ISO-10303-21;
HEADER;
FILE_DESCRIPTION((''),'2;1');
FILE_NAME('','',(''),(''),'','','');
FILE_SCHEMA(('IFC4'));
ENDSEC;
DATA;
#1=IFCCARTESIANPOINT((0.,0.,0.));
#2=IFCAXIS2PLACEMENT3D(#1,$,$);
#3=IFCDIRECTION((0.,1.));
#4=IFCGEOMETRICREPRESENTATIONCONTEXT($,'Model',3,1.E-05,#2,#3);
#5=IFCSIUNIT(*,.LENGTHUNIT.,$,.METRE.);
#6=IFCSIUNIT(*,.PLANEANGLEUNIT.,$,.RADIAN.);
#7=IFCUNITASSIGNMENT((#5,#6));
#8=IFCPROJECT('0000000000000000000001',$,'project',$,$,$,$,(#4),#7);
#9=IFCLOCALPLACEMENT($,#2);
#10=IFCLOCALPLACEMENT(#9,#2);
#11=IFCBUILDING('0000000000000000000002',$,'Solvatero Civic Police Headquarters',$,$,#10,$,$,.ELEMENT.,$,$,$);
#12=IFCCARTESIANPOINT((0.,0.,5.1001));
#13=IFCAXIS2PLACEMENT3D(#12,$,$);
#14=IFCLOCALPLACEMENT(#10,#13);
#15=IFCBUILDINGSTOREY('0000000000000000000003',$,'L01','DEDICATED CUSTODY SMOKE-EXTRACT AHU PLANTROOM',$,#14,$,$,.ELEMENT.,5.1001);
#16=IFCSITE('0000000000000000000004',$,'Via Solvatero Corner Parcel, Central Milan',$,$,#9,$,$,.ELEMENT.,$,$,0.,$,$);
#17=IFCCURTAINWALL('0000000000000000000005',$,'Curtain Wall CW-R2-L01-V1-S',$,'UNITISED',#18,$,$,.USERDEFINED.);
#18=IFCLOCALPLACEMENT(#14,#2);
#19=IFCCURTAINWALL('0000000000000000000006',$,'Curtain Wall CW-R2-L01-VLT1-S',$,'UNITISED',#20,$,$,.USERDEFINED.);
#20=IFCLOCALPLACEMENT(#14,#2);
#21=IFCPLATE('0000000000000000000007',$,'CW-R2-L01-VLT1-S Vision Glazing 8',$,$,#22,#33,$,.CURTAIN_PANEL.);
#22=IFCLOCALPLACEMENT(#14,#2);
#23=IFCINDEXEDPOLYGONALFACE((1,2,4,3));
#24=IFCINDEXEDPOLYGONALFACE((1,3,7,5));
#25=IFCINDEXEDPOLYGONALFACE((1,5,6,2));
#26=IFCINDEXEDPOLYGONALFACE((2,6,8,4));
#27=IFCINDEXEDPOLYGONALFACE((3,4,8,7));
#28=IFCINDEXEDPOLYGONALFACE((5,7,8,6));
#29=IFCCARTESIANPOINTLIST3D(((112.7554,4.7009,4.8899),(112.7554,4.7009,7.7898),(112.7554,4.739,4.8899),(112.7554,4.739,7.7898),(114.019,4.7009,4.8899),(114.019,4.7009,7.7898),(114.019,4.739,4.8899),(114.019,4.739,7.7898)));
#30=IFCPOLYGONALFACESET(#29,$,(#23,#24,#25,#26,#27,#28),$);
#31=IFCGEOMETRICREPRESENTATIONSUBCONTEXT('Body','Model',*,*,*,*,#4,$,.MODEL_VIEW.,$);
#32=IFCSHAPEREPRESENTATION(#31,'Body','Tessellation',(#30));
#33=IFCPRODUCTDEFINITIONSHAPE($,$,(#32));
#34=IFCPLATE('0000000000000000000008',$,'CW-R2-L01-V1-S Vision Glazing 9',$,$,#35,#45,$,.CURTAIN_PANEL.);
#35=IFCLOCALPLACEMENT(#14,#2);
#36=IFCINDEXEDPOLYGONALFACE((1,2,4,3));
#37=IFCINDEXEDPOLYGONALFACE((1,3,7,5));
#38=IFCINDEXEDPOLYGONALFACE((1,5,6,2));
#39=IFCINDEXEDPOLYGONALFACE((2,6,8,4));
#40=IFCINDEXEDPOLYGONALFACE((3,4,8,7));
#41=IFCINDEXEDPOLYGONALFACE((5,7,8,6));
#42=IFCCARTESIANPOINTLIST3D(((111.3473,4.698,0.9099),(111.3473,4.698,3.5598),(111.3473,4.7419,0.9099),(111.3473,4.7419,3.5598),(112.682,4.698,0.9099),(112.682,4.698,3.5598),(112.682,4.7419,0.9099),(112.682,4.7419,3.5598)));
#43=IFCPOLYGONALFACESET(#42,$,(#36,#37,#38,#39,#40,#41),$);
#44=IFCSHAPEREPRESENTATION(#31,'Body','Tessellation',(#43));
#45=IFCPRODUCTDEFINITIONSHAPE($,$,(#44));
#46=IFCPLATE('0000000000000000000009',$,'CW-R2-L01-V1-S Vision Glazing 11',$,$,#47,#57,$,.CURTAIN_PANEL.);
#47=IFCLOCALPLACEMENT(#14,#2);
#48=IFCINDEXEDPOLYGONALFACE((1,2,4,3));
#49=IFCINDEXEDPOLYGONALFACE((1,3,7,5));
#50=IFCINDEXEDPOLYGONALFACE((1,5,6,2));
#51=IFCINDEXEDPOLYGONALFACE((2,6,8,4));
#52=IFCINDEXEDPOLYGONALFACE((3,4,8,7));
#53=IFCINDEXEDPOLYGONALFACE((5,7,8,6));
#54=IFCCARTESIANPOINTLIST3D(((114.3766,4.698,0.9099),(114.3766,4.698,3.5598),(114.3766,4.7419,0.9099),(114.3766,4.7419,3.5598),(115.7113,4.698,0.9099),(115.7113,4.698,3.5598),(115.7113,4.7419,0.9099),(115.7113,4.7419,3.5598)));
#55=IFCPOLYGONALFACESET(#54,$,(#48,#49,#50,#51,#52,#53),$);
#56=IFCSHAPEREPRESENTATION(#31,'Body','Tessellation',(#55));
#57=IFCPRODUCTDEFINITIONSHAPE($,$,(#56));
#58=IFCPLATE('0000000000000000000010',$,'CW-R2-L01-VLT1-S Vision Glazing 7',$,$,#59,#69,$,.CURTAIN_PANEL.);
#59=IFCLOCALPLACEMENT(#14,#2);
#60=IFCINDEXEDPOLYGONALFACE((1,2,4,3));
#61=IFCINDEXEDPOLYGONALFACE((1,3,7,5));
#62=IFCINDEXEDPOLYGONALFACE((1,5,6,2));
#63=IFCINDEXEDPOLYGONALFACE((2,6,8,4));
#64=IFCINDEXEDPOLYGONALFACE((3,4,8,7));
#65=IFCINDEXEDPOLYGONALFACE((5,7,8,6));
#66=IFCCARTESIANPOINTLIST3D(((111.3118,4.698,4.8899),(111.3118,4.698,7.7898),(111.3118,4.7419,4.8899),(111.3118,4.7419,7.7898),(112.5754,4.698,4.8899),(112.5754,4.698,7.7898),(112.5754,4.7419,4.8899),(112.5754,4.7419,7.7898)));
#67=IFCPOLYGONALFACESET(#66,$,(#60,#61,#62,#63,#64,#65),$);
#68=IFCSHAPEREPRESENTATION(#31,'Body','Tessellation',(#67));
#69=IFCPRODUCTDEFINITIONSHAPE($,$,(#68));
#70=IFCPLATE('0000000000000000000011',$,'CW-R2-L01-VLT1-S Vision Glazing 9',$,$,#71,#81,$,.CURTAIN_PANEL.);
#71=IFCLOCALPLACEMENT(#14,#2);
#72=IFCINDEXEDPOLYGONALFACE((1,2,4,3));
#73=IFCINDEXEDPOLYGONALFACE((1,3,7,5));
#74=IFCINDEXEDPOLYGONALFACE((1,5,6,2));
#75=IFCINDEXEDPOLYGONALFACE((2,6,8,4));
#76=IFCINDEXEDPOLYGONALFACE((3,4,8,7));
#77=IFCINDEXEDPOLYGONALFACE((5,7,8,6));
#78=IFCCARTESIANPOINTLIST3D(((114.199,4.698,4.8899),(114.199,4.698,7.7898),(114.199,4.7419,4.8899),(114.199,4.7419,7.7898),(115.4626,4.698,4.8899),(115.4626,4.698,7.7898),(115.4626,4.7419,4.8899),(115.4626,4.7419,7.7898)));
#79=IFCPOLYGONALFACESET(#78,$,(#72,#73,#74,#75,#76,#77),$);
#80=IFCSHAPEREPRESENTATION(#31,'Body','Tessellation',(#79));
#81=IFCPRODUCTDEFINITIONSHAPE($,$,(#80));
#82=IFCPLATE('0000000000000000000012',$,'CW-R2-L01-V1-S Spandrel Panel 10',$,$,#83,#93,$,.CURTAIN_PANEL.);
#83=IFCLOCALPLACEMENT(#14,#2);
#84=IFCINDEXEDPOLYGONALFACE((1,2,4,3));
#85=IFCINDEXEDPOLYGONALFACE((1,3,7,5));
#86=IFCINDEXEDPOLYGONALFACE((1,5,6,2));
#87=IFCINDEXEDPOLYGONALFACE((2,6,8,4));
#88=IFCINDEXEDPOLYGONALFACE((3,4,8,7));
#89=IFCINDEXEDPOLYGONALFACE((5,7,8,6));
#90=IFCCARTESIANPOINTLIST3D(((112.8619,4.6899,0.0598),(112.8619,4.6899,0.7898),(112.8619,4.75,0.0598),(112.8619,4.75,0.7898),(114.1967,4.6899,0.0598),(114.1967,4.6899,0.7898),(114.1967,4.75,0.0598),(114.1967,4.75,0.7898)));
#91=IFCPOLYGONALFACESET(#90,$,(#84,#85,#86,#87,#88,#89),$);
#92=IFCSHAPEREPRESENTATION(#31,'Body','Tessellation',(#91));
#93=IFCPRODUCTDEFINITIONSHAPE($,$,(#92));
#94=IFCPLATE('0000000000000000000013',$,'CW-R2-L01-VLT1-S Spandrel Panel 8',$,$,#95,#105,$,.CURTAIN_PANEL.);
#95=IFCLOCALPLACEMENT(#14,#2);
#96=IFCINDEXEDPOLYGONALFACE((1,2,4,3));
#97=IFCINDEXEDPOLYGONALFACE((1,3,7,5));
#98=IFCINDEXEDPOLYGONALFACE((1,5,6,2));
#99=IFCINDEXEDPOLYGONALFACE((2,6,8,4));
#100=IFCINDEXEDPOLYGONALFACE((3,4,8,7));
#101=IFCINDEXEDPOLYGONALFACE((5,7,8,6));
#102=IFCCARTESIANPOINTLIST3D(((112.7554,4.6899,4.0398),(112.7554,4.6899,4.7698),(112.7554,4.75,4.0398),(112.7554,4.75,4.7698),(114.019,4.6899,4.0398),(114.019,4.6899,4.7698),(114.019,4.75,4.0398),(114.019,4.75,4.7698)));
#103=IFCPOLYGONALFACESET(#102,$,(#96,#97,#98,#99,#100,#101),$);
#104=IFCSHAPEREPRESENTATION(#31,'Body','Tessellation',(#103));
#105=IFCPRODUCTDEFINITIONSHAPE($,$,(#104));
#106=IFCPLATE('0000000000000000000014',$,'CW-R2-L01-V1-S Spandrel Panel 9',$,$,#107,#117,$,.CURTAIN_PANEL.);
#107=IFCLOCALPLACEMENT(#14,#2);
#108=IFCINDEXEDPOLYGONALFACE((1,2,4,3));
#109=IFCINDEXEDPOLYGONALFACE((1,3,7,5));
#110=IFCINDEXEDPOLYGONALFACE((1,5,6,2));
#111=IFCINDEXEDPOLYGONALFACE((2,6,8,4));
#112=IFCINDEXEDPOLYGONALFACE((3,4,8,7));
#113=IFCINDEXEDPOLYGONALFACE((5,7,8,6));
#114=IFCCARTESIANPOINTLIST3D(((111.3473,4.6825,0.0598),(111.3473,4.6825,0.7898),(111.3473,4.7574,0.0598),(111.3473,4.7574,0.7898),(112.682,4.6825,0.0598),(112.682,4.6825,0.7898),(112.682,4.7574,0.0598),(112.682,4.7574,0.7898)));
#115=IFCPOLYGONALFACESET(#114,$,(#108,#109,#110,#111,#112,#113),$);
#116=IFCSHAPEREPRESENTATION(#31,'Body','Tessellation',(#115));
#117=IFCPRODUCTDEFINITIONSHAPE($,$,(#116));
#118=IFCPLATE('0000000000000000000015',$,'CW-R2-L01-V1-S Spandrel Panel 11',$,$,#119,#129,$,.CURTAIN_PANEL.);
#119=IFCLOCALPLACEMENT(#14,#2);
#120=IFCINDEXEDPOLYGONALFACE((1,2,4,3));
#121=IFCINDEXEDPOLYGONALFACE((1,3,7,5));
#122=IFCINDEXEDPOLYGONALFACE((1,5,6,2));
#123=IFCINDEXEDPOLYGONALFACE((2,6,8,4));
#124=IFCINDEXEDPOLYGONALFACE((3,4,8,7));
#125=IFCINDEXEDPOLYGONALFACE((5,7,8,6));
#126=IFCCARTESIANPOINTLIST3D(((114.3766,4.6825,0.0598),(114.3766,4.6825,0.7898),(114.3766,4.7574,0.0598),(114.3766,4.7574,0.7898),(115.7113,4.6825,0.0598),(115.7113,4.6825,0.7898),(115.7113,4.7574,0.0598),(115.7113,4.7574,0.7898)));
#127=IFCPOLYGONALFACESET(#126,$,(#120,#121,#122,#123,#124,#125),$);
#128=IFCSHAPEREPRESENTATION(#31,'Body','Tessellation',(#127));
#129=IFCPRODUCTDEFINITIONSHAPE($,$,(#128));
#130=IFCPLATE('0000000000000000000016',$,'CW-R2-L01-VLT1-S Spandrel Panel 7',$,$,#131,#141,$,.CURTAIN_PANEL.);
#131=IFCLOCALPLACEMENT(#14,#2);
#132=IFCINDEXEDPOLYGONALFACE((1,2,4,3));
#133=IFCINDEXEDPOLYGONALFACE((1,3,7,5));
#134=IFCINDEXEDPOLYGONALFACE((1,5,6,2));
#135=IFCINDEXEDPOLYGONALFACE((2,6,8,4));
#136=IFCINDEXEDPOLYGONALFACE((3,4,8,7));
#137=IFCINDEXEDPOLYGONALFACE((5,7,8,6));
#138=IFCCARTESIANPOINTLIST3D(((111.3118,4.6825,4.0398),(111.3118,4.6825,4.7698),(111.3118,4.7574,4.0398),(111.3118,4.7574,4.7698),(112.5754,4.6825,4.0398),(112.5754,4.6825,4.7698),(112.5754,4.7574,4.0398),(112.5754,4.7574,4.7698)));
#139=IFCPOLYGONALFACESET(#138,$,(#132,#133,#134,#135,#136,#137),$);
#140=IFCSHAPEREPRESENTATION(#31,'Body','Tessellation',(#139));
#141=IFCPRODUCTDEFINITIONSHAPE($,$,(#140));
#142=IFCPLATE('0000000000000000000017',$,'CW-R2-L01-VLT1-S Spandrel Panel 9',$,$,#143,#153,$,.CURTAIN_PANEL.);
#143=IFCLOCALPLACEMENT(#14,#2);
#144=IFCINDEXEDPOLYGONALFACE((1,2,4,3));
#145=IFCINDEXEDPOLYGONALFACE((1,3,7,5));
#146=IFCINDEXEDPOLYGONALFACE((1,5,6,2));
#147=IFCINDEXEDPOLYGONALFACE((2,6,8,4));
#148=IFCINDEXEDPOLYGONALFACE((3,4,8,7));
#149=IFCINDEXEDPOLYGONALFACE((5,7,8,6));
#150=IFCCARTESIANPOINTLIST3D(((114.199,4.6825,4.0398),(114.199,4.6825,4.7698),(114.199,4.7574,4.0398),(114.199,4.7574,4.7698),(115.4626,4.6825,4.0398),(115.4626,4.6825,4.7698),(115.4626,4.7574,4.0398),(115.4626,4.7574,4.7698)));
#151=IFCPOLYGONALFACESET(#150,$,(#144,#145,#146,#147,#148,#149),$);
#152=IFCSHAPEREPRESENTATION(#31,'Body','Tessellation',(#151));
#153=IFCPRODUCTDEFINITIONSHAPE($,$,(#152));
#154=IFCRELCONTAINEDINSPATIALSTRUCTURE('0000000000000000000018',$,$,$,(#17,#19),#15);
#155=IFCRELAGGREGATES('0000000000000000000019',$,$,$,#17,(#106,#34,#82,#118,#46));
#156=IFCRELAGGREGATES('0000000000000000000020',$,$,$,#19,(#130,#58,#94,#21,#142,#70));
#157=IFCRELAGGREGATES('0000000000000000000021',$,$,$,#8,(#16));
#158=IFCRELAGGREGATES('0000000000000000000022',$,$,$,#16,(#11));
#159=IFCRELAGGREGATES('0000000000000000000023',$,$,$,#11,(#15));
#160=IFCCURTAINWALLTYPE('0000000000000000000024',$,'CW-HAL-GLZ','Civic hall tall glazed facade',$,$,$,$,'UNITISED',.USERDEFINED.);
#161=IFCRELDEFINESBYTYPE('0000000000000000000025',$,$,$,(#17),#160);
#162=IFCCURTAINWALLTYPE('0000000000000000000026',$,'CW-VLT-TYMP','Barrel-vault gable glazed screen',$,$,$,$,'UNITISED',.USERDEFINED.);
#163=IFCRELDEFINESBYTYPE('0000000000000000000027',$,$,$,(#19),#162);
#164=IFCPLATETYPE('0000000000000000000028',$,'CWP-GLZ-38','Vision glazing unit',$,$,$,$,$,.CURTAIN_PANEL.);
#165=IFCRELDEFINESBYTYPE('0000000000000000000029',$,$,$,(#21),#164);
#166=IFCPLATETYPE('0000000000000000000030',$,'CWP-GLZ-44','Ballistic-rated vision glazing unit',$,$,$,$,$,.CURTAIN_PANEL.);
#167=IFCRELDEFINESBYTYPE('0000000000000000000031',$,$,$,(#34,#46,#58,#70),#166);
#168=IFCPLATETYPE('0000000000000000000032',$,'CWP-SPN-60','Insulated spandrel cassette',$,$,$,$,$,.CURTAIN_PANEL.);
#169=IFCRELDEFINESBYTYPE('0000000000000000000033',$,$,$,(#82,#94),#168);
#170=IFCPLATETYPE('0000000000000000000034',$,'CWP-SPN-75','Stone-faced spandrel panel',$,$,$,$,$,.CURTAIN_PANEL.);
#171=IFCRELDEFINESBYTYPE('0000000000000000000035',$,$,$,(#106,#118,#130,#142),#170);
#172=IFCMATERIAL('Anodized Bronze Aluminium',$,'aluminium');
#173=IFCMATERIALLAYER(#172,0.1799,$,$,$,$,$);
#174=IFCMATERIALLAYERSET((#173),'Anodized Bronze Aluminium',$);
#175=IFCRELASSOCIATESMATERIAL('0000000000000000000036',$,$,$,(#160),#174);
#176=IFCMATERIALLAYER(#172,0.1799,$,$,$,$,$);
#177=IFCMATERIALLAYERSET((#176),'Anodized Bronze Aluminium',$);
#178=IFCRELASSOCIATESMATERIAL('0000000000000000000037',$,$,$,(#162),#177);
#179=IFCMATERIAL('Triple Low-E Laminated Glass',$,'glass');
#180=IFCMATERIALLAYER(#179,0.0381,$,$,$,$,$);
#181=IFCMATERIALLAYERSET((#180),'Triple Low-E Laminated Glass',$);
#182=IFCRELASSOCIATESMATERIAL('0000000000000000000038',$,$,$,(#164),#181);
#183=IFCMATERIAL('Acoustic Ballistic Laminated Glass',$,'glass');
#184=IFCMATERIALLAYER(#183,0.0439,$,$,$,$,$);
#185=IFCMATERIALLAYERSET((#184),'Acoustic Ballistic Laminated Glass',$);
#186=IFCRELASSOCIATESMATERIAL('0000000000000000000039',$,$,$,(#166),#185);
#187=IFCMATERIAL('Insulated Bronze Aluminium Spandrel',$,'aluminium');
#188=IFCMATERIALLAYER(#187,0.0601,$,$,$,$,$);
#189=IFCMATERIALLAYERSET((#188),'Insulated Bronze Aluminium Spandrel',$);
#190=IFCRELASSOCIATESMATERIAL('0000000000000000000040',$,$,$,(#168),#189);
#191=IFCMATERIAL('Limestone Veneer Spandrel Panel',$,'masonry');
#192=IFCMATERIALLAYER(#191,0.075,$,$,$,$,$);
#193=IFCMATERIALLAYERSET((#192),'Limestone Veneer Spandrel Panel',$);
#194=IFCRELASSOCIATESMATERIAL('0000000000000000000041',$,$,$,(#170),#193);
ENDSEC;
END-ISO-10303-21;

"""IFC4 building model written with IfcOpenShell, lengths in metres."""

from ifc_helpers import new_model, si_unit, direction, frame, origin, origin_2d, place, context, subcontext, project, spatial, rectangle, extrude, material, layer, layer_set, type_object, element, aggregate, save


model = new_model("IFC4")

# Units and contexts
model_context = context("Model", 3, precision=1e-05, world=origin(), true_north=direction((0.0, 1.0)))
body_context = subcontext(model_context, "Body", "Model", "MODEL_VIEW")
ifc_project = project(units=[si_unit("LENGTHUNIT", "METRE"), si_unit("PLANEANGLEUNIT", "RADIAN")], contexts=[model_context])

# Site, building, storey
site_placement = place(None, origin())
site = spatial("IfcSite", under=ifc_project, at=site_placement, Name="Via Solvatero Corner Parcel, Central Milan", CompositionType="ELEMENT", RefElevation=0.0)
building_placement = place(site_placement, origin())
building = spatial("IfcBuilding", under=site, at=building_placement, Name="Solvatero Civic Police Headquarters", CompositionType="ELEMENT")
storey_placement = place(building_placement, frame((0.0, 0.0, 5.1001)))
storey = spatial("IfcBuildingStorey", under=building, at=storey_placement, Name="L01", Description="DEDICATED CUSTODY SMOKE-EXTRACT AHU PLANTROOM", CompositionType="ELEMENT", Elevation=5.1001)

# Curtain walls
ifc_material_1 = material(Name="Anodized Bronze Aluminium", Category="aluminium")
ifc_layer_1 = layer(ifc_material_1, 0.1799)
ifc_layer_set_1 = layer_set([ifc_layer_1], Name="Anodized Bronze Aluminium")
curtain_wall_type_1 = type_object("IfcCurtainWallType", Name="CW-HAL-GLZ", Description="Civic hall tall glazed facade", ElementType="UNITISED", PredefinedType="USERDEFINED", material=ifc_layer_set_1)
curtain_wall_1_placement = place(storey_placement, origin())
curtain_wall_1 = element("IfcCurtainWall", 1, at=curtain_wall_1_placement, inside=storey, type_object=curtain_wall_type_1, Name="Curtain Wall CW-R2-L01-V1-S", ObjectType="UNITISED", PredefinedType="USERDEFINED")
ifc_layer_2 = layer(ifc_material_1, 0.1799)
ifc_layer_set_2 = layer_set([ifc_layer_2], Name="Anodized Bronze Aluminium")
curtain_wall_type_2 = type_object("IfcCurtainWallType", Name="CW-VLT-TYMP", Description="Barrel-vault gable glazed screen", ElementType="UNITISED", PredefinedType="USERDEFINED", material=ifc_layer_set_2)
curtain_wall_2_placement = place(storey_placement, origin())
curtain_wall_2 = element("IfcCurtainWall", 2, at=curtain_wall_2_placement, inside=storey, type_object=curtain_wall_type_2, Name="Curtain Wall CW-R2-L01-VLT1-S", ObjectType="UNITISED", PredefinedType="USERDEFINED")

# Plates
ifc_material_2 = material(Name="Triple Low-E Laminated Glass", Category="glass")
ifc_layer_3 = layer(ifc_material_2, 0.0381)
ifc_layer_set_3 = layer_set([ifc_layer_3], Name="Triple Low-E Laminated Glass")
plate_type_1 = type_object("IfcPlateType", Name="CWP-GLZ-38", Description="Vision glazing unit", PredefinedType="CURTAIN_PANEL", material=ifc_layer_set_3)
plate_1_placement = place(storey_placement, frame((113.3872, 4.72, 4.8899), z_axis=(0.0, 0.0, 1.0), x_axis=(1.0, 0.0, 0.0)))
plate_1 = element("IfcPlate", 3, at=plate_1_placement, type_object=plate_type_1, Name="CW-R2-L01-VLT1-S Vision Glazing 8", PredefinedType="CURTAIN_PANEL", context=body_context, shape_type="SweptSolid", body=[
    extrude(rectangle(XDim=1.2637, YDim=0.0381, at=origin_2d()), origin(), (0.0, 0.0, 1.0), 2.8999),
])
ifc_material_3 = material(Name="Acoustic Ballistic Laminated Glass", Category="glass")
ifc_layer_4 = layer(ifc_material_3, 0.0439)
ifc_layer_set_4 = layer_set([ifc_layer_4], Name="Acoustic Ballistic Laminated Glass")
plate_type_2 = type_object("IfcPlateType", Name="CWP-GLZ-44", Description="Ballistic-rated vision glazing unit", PredefinedType="CURTAIN_PANEL", material=ifc_layer_set_4)
plate_2_placement = place(storey_placement, frame((112.0146, 4.72, 0.9099), z_axis=(0.0, 0.0, 1.0), x_axis=(1.0, 0.0, 0.0)))
plate_2 = element("IfcPlate", 4, at=plate_2_placement, type_object=plate_type_2, Name="CW-R2-L01-V1-S Vision Glazing 9", PredefinedType="CURTAIN_PANEL", context=body_context, shape_type="SweptSolid", body=[
    extrude(rectangle(XDim=1.3347, YDim=0.0439, at=origin_2d()), origin(), (0.0, 0.0, 1.0), 2.6499),
])
plate_3_placement = place(storey_placement, frame((115.0439, 4.72, 0.9099), z_axis=(0.0, 0.0, 1.0), x_axis=(1.0, 0.0, 0.0)))
plate_3 = element("IfcPlate", 5, at=plate_3_placement, type_object=plate_type_2, Name="CW-R2-L01-V1-S Vision Glazing 11", PredefinedType="CURTAIN_PANEL", context=body_context, shape_type="SweptSolid", body=[
    extrude(rectangle(XDim=1.3347, YDim=0.0439, at=origin_2d()), origin(), (0.0, 0.0, 1.0), 2.6499),
])
plate_4_placement = place(storey_placement, frame((111.9436, 4.72, 4.8899), z_axis=(0.0, 0.0, 1.0), x_axis=(1.0, 0.0, 0.0)))
plate_4 = element("IfcPlate", 6, at=plate_4_placement, type_object=plate_type_2, Name="CW-R2-L01-VLT1-S Vision Glazing 7", PredefinedType="CURTAIN_PANEL", context=body_context, shape_type="SweptSolid", body=[
    extrude(rectangle(XDim=1.2637, YDim=0.0439, at=origin_2d()), origin(), (0.0, 0.0, 1.0), 2.8999),
])
plate_5_placement = place(storey_placement, frame((114.8308, 4.72, 4.8899), z_axis=(0.0, 0.0, 1.0), x_axis=(1.0, 0.0, 0.0)))
plate_5 = element("IfcPlate", 7, at=plate_5_placement, type_object=plate_type_2, Name="CW-R2-L01-VLT1-S Vision Glazing 9", PredefinedType="CURTAIN_PANEL", context=body_context, shape_type="SweptSolid", body=[
    extrude(rectangle(XDim=1.2637, YDim=0.0439, at=origin_2d()), origin(), (0.0, 0.0, 1.0), 2.8999),
])
ifc_material_4 = material(Name="Insulated Bronze Aluminium Spandrel", Category="aluminium")
ifc_layer_5 = layer(ifc_material_4, 0.0601)
ifc_layer_set_5 = layer_set([ifc_layer_5], Name="Insulated Bronze Aluminium Spandrel")
plate_type_3 = type_object("IfcPlateType", Name="CWP-SPN-60", Description="Insulated spandrel cassette", PredefinedType="CURTAIN_PANEL", material=ifc_layer_set_5)
plate_6_placement = place(storey_placement, frame((113.5293, 4.72, 0.0598), z_axis=(0.0, 0.0, 1.0), x_axis=(1.0, 0.0, 0.0)))
plate_6 = element("IfcPlate", 8, at=plate_6_placement, type_object=plate_type_3, Name="CW-R2-L01-V1-S Spandrel Panel 10", PredefinedType="CURTAIN_PANEL", context=body_context, shape_type="SweptSolid", body=[
    extrude(rectangle(XDim=1.3347, YDim=0.0601, at=origin_2d()), origin(), (0.0, 0.0, 1.0), 0.73),
])
plate_7_placement = place(storey_placement, frame((113.3872, 4.72, 4.0398), z_axis=(0.0, 0.0, 1.0), x_axis=(1.0, 0.0, 0.0)))
plate_7 = element("IfcPlate", 9, at=plate_7_placement, type_object=plate_type_3, Name="CW-R2-L01-VLT1-S Spandrel Panel 8", PredefinedType="CURTAIN_PANEL", context=body_context, shape_type="SweptSolid", body=[
    extrude(rectangle(XDim=1.2637, YDim=0.0601, at=origin_2d()), origin(), (0.0, 0.0, 1.0), 0.73),
])
ifc_material_5 = material(Name="Limestone Veneer Spandrel Panel", Category="masonry")
ifc_layer_6 = layer(ifc_material_5, 0.075)
ifc_layer_set_6 = layer_set([ifc_layer_6], Name="Limestone Veneer Spandrel Panel")
plate_type_4 = type_object("IfcPlateType", Name="CWP-SPN-75", Description="Stone-faced spandrel panel", PredefinedType="CURTAIN_PANEL", material=ifc_layer_set_6)
plate_8_placement = place(storey_placement, frame((112.0146, 4.72, 0.0598), z_axis=(0.0, 0.0, 1.0), x_axis=(1.0, 0.0, 0.0)))
plate_8 = element("IfcPlate", 10, at=plate_8_placement, type_object=plate_type_4, Name="CW-R2-L01-V1-S Spandrel Panel 9", PredefinedType="CURTAIN_PANEL", context=body_context, shape_type="SweptSolid", body=[
    extrude(rectangle(XDim=1.3347, YDim=0.075, at=origin_2d()), origin(), (0.0, 0.0, 1.0), 0.73),
])
plate_9_placement = place(storey_placement, frame((115.0439, 4.72, 0.0598), z_axis=(0.0, 0.0, 1.0), x_axis=(1.0, 0.0, 0.0)))
plate_9 = element("IfcPlate", 11, at=plate_9_placement, type_object=plate_type_4, Name="CW-R2-L01-V1-S Spandrel Panel 11", PredefinedType="CURTAIN_PANEL", context=body_context, shape_type="SweptSolid", body=[
    extrude(rectangle(XDim=1.3347, YDim=0.075, at=origin_2d()), origin(), (0.0, 0.0, 1.0), 0.73),
])
aggregate(curtain_wall_1, [plate_8, plate_2, plate_6, plate_9, plate_3])
plate_10_placement = place(storey_placement, frame((111.9436, 4.72, 4.0398), z_axis=(0.0, 0.0, 1.0), x_axis=(1.0, 0.0, 0.0)))
plate_10 = element("IfcPlate", 12, at=plate_10_placement, type_object=plate_type_4, Name="CW-R2-L01-VLT1-S Spandrel Panel 7", PredefinedType="CURTAIN_PANEL", context=body_context, shape_type="SweptSolid", body=[
    extrude(rectangle(XDim=1.2637, YDim=0.075, at=origin_2d()), origin(), (0.0, 0.0, 1.0), 0.73),
])
plate_11_placement = place(storey_placement, frame((114.8308, 4.72, 4.0398), z_axis=(0.0, 0.0, 1.0), x_axis=(1.0, 0.0, 0.0)))
plate_11 = element("IfcPlate", 13, at=plate_11_placement, type_object=plate_type_4, Name="CW-R2-L01-VLT1-S Spandrel Panel 9", PredefinedType="CURTAIN_PANEL", context=body_context, shape_type="SweptSolid", body=[
    extrude(rectangle(XDim=1.2637, YDim=0.075, at=origin_2d()), origin(), (0.0, 0.0, 1.0), 0.73),
])
aggregate(curtain_wall_2, [plate_10, plate_4, plate_7, plate_1, plate_11, plate_5])

save(model, "model.ifc")
